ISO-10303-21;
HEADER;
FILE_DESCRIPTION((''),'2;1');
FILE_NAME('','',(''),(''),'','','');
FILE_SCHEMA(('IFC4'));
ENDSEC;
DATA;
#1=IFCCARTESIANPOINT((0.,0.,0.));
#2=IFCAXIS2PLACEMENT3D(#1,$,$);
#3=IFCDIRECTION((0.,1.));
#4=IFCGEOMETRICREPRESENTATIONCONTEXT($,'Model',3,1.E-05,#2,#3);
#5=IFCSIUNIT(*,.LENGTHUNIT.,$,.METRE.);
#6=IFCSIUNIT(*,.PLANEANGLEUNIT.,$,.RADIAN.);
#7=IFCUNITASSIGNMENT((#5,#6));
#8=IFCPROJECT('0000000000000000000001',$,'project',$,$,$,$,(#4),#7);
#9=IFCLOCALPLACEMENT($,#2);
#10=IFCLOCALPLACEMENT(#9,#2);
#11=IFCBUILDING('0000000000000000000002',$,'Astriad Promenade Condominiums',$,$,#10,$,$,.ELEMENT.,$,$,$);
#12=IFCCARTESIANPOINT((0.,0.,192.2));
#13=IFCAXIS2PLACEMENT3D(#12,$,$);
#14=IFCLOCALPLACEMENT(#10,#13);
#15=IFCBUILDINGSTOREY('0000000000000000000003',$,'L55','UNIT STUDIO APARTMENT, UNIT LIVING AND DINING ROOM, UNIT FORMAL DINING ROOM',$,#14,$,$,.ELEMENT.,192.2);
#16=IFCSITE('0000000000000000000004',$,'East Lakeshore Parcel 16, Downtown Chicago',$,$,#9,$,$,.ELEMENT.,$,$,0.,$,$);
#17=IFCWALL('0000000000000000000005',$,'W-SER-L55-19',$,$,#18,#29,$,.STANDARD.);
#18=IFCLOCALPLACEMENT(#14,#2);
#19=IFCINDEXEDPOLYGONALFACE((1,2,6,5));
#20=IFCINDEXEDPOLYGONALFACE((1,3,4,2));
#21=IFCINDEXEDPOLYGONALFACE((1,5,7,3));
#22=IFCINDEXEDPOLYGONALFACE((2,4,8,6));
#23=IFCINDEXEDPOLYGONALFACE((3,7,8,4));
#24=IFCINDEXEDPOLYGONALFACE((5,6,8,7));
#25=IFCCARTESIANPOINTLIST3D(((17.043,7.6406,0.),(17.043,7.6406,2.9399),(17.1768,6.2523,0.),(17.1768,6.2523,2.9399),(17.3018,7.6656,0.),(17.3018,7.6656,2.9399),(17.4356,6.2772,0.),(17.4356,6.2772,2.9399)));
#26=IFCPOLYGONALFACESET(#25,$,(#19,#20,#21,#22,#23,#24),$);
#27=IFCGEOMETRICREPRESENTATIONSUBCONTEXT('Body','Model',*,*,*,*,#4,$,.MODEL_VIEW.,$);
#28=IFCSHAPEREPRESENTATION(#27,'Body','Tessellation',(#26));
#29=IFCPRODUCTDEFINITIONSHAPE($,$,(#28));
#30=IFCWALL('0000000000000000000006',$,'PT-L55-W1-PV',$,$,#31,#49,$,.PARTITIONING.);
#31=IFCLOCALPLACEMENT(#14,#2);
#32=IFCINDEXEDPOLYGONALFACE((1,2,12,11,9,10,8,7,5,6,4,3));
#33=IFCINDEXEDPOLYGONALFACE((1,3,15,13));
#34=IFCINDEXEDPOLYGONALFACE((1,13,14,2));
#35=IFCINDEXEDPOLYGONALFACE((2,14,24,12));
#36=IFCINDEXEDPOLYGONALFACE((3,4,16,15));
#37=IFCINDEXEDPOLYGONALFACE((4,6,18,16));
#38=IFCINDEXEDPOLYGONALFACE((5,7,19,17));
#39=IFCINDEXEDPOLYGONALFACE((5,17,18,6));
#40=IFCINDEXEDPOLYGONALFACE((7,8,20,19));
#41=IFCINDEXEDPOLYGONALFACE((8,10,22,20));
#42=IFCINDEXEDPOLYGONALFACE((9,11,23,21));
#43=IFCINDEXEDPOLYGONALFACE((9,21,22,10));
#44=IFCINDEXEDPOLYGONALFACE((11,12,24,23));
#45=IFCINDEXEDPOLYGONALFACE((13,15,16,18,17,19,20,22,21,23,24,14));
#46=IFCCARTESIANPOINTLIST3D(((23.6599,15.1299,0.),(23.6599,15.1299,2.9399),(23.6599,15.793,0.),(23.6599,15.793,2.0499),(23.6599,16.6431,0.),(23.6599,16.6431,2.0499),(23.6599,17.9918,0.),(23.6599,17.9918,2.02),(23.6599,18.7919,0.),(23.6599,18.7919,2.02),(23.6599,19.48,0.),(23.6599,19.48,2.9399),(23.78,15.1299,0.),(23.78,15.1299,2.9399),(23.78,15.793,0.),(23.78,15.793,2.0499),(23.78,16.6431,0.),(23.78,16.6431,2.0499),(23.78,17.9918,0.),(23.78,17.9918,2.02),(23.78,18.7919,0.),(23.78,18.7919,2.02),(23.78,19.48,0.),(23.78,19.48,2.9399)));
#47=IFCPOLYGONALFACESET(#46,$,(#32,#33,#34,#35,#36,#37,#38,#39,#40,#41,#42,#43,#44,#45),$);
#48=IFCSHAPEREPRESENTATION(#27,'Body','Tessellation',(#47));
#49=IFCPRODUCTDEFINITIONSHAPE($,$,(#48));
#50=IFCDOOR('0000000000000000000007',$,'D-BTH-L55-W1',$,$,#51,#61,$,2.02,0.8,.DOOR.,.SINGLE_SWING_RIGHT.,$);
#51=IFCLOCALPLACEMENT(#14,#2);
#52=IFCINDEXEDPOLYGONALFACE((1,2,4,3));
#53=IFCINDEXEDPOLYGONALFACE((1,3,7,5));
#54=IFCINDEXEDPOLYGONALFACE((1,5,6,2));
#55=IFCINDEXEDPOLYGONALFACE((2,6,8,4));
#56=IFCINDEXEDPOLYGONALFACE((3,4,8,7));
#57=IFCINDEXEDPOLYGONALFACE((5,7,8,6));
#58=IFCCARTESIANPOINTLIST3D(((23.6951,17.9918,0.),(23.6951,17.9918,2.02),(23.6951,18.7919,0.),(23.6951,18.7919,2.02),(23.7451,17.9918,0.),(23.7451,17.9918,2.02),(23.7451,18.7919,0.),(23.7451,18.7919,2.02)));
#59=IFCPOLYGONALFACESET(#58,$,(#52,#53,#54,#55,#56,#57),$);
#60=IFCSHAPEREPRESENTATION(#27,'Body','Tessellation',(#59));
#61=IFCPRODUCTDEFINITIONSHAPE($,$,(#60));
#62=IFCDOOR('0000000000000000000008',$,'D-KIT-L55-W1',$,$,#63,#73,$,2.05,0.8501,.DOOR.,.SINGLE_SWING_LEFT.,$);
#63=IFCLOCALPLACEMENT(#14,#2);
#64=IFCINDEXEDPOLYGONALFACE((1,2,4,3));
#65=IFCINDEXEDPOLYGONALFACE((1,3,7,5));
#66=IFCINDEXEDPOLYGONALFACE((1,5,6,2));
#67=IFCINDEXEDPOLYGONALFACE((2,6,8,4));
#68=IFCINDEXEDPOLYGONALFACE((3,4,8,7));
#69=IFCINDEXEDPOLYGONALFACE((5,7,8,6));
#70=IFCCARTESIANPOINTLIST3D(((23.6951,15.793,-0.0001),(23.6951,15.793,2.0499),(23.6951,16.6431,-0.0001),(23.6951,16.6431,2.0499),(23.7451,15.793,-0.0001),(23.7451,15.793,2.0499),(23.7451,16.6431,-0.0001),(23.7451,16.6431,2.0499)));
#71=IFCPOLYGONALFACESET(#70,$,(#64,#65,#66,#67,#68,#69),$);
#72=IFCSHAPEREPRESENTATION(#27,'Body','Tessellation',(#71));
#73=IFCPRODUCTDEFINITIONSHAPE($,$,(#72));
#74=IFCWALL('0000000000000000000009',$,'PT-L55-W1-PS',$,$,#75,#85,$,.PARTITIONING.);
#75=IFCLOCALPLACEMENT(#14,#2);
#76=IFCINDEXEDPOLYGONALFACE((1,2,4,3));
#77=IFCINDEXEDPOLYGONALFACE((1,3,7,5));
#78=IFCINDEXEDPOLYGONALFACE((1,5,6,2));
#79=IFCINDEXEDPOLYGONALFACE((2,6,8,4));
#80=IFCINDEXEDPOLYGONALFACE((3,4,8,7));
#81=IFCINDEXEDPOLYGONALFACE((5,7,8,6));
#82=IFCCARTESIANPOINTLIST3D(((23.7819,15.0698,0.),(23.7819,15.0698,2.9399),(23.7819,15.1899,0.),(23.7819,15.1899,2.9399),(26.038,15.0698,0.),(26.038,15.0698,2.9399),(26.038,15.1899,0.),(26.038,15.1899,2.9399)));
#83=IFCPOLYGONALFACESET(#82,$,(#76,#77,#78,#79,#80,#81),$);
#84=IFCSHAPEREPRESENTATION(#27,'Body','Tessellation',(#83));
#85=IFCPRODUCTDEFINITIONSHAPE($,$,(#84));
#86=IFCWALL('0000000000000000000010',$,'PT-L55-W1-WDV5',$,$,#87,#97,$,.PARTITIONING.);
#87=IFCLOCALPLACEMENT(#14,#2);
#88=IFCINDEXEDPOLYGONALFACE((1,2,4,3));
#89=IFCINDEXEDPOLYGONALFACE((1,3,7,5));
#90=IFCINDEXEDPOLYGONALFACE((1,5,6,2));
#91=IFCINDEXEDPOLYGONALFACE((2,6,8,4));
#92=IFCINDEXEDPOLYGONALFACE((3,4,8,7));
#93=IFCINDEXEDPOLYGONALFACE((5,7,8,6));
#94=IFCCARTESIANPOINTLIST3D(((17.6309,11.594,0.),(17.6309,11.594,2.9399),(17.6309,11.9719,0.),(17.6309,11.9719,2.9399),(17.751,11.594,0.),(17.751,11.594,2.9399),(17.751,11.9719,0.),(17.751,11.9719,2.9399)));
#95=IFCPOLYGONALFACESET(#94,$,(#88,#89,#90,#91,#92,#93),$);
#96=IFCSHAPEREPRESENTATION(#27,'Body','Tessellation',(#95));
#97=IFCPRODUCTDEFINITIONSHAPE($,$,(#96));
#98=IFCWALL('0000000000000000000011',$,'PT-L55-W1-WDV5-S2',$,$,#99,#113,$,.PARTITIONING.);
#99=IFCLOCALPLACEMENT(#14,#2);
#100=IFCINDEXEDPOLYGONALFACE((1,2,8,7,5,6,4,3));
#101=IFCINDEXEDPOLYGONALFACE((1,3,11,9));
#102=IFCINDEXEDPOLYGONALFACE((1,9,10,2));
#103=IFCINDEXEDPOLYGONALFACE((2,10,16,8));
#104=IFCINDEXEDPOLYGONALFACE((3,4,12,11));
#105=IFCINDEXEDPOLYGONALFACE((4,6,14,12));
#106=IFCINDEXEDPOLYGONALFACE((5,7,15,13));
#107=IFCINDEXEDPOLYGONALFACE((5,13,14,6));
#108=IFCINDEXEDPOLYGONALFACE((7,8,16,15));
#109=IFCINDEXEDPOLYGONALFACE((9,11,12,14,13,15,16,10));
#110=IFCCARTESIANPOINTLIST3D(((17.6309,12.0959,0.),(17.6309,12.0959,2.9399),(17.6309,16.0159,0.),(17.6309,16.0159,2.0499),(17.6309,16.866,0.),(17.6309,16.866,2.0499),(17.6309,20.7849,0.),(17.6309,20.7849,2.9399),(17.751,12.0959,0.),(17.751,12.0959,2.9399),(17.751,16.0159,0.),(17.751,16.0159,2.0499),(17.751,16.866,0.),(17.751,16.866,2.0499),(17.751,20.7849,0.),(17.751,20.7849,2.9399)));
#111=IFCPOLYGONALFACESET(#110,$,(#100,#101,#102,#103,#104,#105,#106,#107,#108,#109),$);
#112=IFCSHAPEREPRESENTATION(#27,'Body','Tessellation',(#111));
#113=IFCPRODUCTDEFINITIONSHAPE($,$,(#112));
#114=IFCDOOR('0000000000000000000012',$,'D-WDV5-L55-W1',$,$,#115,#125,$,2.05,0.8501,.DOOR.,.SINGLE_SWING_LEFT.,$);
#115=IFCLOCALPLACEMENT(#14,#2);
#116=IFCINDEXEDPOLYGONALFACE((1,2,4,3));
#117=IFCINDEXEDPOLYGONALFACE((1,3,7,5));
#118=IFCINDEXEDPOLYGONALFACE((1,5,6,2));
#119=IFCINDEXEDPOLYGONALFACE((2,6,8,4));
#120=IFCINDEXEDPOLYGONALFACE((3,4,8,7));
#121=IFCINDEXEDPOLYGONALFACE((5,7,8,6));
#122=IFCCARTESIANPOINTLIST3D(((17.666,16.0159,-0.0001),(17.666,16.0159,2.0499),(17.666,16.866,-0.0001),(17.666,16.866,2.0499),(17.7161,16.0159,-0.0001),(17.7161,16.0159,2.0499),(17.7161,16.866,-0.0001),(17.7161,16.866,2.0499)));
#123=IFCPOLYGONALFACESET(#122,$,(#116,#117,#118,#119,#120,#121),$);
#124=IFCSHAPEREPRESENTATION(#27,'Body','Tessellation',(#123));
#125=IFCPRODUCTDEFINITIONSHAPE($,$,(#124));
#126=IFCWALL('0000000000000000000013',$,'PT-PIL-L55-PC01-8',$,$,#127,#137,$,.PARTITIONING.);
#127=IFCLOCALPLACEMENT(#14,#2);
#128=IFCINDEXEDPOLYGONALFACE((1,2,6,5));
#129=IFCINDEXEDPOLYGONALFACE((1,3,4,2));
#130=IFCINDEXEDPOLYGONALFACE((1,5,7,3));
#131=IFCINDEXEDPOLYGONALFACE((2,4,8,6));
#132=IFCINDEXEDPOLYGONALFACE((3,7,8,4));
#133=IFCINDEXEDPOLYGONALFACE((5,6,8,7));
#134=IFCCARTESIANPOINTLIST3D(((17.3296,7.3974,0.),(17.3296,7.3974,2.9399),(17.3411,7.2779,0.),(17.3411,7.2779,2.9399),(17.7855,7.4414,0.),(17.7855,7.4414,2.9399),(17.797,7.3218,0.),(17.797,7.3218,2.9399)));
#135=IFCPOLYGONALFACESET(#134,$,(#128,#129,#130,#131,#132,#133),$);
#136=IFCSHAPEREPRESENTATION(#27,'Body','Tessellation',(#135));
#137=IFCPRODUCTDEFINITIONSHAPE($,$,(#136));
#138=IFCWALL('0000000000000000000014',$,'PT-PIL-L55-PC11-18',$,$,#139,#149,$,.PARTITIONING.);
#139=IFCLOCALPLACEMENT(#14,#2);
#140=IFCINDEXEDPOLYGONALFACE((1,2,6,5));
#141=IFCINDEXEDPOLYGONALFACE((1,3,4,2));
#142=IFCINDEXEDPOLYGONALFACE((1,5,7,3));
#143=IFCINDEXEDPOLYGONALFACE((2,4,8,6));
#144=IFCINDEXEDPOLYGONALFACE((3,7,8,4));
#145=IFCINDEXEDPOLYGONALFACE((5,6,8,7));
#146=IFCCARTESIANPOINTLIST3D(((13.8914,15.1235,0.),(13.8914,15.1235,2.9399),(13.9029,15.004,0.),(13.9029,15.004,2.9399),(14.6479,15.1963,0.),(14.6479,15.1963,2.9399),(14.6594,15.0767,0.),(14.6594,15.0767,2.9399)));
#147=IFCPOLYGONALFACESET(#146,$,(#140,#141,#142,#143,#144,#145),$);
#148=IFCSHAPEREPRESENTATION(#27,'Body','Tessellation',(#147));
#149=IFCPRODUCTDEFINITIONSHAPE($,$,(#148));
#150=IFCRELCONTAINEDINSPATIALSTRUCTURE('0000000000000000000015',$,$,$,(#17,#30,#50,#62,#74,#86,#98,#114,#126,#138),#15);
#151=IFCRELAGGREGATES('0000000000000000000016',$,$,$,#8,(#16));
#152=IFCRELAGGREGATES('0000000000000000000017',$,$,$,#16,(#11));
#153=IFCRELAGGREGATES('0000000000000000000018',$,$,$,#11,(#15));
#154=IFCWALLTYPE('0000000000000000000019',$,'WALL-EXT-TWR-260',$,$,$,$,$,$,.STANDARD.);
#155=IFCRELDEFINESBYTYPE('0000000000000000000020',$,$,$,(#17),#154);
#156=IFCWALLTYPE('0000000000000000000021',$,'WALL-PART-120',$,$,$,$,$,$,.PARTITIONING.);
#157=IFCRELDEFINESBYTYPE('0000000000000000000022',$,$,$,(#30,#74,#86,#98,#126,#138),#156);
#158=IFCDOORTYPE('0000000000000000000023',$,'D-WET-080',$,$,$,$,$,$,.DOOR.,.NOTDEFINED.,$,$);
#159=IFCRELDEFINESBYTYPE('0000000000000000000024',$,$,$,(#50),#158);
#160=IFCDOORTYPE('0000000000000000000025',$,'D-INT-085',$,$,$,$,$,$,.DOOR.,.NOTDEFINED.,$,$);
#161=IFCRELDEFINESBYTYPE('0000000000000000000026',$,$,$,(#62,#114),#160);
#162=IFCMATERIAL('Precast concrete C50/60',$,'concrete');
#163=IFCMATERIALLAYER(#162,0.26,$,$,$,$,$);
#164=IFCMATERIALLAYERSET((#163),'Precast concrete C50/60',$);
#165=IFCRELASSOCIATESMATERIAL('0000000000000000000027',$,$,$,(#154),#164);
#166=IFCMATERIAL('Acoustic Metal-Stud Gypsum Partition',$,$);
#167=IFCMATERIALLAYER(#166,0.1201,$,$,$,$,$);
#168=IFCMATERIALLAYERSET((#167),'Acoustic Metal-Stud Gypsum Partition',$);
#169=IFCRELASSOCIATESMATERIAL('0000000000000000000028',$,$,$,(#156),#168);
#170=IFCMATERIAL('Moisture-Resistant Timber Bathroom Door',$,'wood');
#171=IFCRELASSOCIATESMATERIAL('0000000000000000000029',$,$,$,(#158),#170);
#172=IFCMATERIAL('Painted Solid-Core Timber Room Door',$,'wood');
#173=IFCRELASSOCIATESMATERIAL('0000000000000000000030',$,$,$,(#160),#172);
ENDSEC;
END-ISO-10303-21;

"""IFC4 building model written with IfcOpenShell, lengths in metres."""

from ifc_helpers import new_model, si_unit, direction, frame, frame_2d, origin, place, context, subcontext, project, spatial, rectangle, extrude, source, transform, mapped, material, layer, layer_set, type_object, type_shapes, element, fill, save


model = new_model("IFC4")

# Units and contexts
model_context = context("Model", 3, precision=1e-05, world=origin(), true_north=direction((0.0, 1.0)))
body_context = subcontext(model_context, "Body", "Model", "MODEL_VIEW")
ifc_project = project(units=[si_unit("LENGTHUNIT", "METRE"), si_unit("PLANEANGLEUNIT", "RADIAN")], contexts=[model_context])

# Site, building, storey
site_placement = place(None, origin())
site = spatial("IfcSite", under=ifc_project, at=site_placement, Name="East Lakeshore Parcel 16, Downtown Chicago", CompositionType="ELEMENT", RefElevation=0.0)
building_placement = place(site_placement, origin())
building = spatial("IfcBuilding", under=site, at=building_placement, Name="Astriad Promenade Condominiums", CompositionType="ELEMENT")
storey_placement = place(building_placement, frame((0.0, 0.0, 192.2)))
storey = spatial("IfcBuildingStorey", under=building, at=storey_placement, Name="L55", Description="UNIT STUDIO APARTMENT, UNIT LIVING AND DINING ROOM, UNIT FORMAL DINING ROOM", CompositionType="ELEMENT", Elevation=192.2)

# Wall
ifc_material_1 = material(Name="Precast concrete C50/60", Category="concrete")
ifc_layer_1 = layer(ifc_material_1, 0.26)
ifc_layer_set_1 = layer_set([ifc_layer_1], Name="Precast concrete C50/60")
wall_type_1 = type_object("IfcWallType", Name="WALL-EXT-TWR-260", PredefinedType="STANDARD", material=ifc_layer_set_1)
wall_1_placement = place(storey_placement, frame((17.3062, 6.2649, 0.0), z_axis=(0.0, 0.0, 1.0), x_axis=(-0.095916, 0.995389, 0.0)))
element("IfcWall", 1, at=wall_1_placement, inside=storey, type_object=wall_type_1, Name="W-SER-L55-19", PredefinedType="STANDARD", context=body_context, shape_type="SweptSolid", body=[
    extrude(rectangle(XDim=1.3948, YDim=0.26, at=frame_2d((0.6973, 0.0))), origin(), (0.0, 0.0, 1.0), 2.9399),
])

# Wall, openings, doors
ifc_material_2 = material(Name="Acoustic Metal-Stud Gypsum Partition")
ifc_layer_2 = layer(ifc_material_2, 0.1201)
ifc_layer_set_2 = layer_set([ifc_layer_2], Name="Acoustic Metal-Stud Gypsum Partition")
wall_type_2 = type_object("IfcWallType", Name="WALL-PART-120", PredefinedType="PARTITIONING", material=ifc_layer_set_2)
wall_2_placement = place(storey_placement, frame((23.72, 15.1299, 0.0), z_axis=(0.0, 0.0, 1.0), x_axis=(0.0, 1.0, 0.0)))
wall_2 = element("IfcWall", 2, at=wall_2_placement, inside=storey, type_object=wall_type_2, Name="PT-L55-W1-PV", PredefinedType="PARTITIONING", context=body_context, shape_type="SweptSolid", body=[
    extrude(rectangle(XDim=4.3501, YDim=0.1201, at=frame_2d((2.175, 0.0))), origin(), (0.0, 0.0, 1.0), 2.9399),
])
opening_1_placement = place(wall_2_placement, frame((0.6631, 0.0, 0.0)))
opening_1 = element("IfcOpeningElement", 3, at=opening_1_placement, cuts=wall_2, PredefinedType="OPENING", context=body_context, shape_type="SweptSolid", body=[
    extrude(rectangle(XDim=0.8501, YDim=2.05, at=frame_2d((0.425, 1.0249))), frame((0.0, 0.0701, 0.0), z_axis=(0.0, -1.0, 0.0), x_axis=(1.0, 0.0, 0.0)), (0.0, 0.0, 1.0), 0.1401),
])
opening_2_placement = place(wall_2_placement, frame((2.8621, 0.0, 0.0)))
opening_2 = element("IfcOpeningElement", 4, at=opening_2_placement, cuts=wall_2, PredefinedType="OPENING", context=body_context, shape_type="SweptSolid", body=[
    extrude(rectangle(XDim=0.8, YDim=2.02, at=frame_2d((0.3999, 1.01))), frame((0.0, 0.0701, 0.0), z_axis=(0.0, -1.0, 0.0), x_axis=(1.0, 0.0, 0.0)), (0.0, 0.0, 1.0), 0.1401),
])
ifc_material_3 = material(Name="Moisture-Resistant Timber Bathroom Door", Category="wood")
door_type_1 = type_object("IfcDoorType", Name="D-WET-080", OperationType="NOTDEFINED", PredefinedType="DOOR", material=ifc_material_3)
shared_shape_1 = source(origin(), body_context, "Body", "SweptSolid", [
    extrude(rectangle(XDim=0.8, YDim=2.02, at=frame_2d((0.3999, 1.01))), frame((0.0, 0.0249, 0.0), z_axis=(0.0, -1.0, 0.0), x_axis=(1.0, 0.0, 0.0)), (0.0, 0.0, 1.0), 0.05),
])
type_shapes(door_type_1, [shared_shape_1])
door_1_placement = place(opening_2_placement, origin())
door_1 = element("IfcDoor", 5, at=door_1_placement, inside=storey, type_object=door_type_1, Name="D-BTH-L55-W1", OperationType="SINGLE_SWING_RIGHT", OverallHeight=2.02, OverallWidth=0.8, PredefinedType="DOOR", context=body_context, shape_type="MappedRepresentation", body=[
    mapped(shared_shape_1, transform((0.0, 0.0, 0.0), scale=1.0)),
])
fill(opening_2, door_1)
ifc_material_4 = material(Name="Painted Solid-Core Timber Room Door", Category="wood")
door_type_2 = type_object("IfcDoorType", Name="D-INT-085", OperationType="NOTDEFINED", PredefinedType="DOOR", material=ifc_material_4)
shared_shape_2 = source(origin(), body_context, "Body", "SweptSolid", [
    extrude(rectangle(XDim=0.8501, YDim=2.05, at=frame_2d((0.425, 1.0249))), frame((0.0, 0.0249, 0.0), z_axis=(0.0, -1.0, 0.0), x_axis=(1.0, 0.0, 0.0)), (0.0, 0.0, 1.0), 0.05),
])
type_shapes(door_type_2, [shared_shape_2])
door_2_placement = place(opening_1_placement, origin())
door_2 = element("IfcDoor", 6, at=door_2_placement, inside=storey, type_object=door_type_2, Name="D-KIT-L55-W1", OperationType="SINGLE_SWING_LEFT", OverallHeight=2.05, OverallWidth=0.8501, PredefinedType="DOOR", context=body_context, shape_type="MappedRepresentation", body=[
    mapped(shared_shape_2, transform((0.0, 0.0, 0.0), scale=1.0)),
])
fill(opening_1, door_2)

# Walls
wall_3_placement = place(storey_placement, frame((23.782, 15.1299, 0.0), z_axis=(0.0, 0.0, 1.0), x_axis=(1.0, 0.0, 0.0)))
element("IfcWall", 7, at=wall_3_placement, inside=storey, type_object=wall_type_2, Name="PT-L55-W1-PS", PredefinedType="PARTITIONING", context=body_context, shape_type="SweptSolid", body=[
    extrude(rectangle(XDim=2.2561, YDim=0.1201, at=frame_2d((1.1279, 0.0))), origin(), (0.0, 0.0, 1.0), 2.9399),
])
wall_4_placement = place(storey_placement, frame((17.6909, 11.594, 0.0), z_axis=(0.0, 0.0, 1.0), x_axis=(0.0, 1.0, 0.0)))
element("IfcWall", 8, at=wall_4_placement, inside=storey, type_object=wall_type_2, Name="PT-L55-W1-WDV5", PredefinedType="PARTITIONING", context=body_context, shape_type="SweptSolid", body=[
    extrude(rectangle(XDim=0.3779, YDim=0.1201, at=frame_2d((0.189, 0.0))), origin(), (0.0, 0.0, 1.0), 2.9399),
])

# Wall, opening, door
wall_5_placement = place(storey_placement, frame((17.6909, 12.0959, 0.0), z_axis=(0.0, 0.0, 1.0), x_axis=(0.0, 1.0, 0.0)))
wall_5 = element("IfcWall", 9, at=wall_5_placement, inside=storey, type_object=wall_type_2, Name="PT-L55-W1-WDV5-S2", PredefinedType="PARTITIONING", context=body_context, shape_type="SweptSolid", body=[
    extrude(rectangle(XDim=8.689, YDim=0.1201, at=frame_2d((4.3445, 0.0))), origin(), (0.0, 0.0, 1.0), 2.9399),
])
opening_3_placement = place(wall_5_placement, frame((3.9199, 0.0, 0.0)))
opening_3 = element("IfcOpeningElement", 10, at=opening_3_placement, cuts=wall_5, PredefinedType="OPENING", context=body_context, shape_type="SweptSolid", body=[
    extrude(rectangle(XDim=0.8501, YDim=2.05, at=frame_2d((0.425, 1.0249))), frame((0.0, 0.0701, 0.0), z_axis=(0.0, -1.0, 0.0), x_axis=(1.0, 0.0, 0.0)), (0.0, 0.0, 1.0), 0.1401),
])
door_3_placement = place(opening_3_placement, origin())
door_3 = element("IfcDoor", 11, at=door_3_placement, inside=storey, type_object=door_type_2, Name="D-WDV5-L55-W1", OperationType="SINGLE_SWING_LEFT", OverallHeight=2.05, OverallWidth=0.8501, PredefinedType="DOOR", context=body_context, shape_type="MappedRepresentation", body=[
    mapped(shared_shape_2, transform((0.0, 0.0, 0.0), scale=1.0)),
])
fill(opening_3, door_3)

# Walls
wall_6_placement = place(storey_placement, frame((17.7913, 7.3816, 0.0), z_axis=(0.0, 0.0, 1.0), x_axis=(-0.995385, -0.095966, 0.0)))
element("IfcWall", 12, at=wall_6_placement, inside=storey, type_object=wall_type_2, Name="PT-PIL-L55-PC01-8", PredefinedType="PARTITIONING", context=body_context, shape_type="SweptSolid", body=[
    extrude(rectangle(XDim=0.458, YDim=0.1201, at=frame_2d((0.229, 0.0))), origin(), (0.0, 0.0, 1.0), 2.9399),
])
wall_7_placement = place(storey_placement, frame((14.6536, 15.1365, 0.0), z_axis=(0.0, 0.0, 1.0), x_axis=(-0.995408, -0.095719, 0.0)))
element("IfcWall", 13, at=wall_7_placement, inside=storey, type_object=wall_type_2, Name="PT-PIL-L55-PC11-18", PredefinedType="PARTITIONING", context=body_context, shape_type="SweptSolid", body=[
    extrude(rectangle(XDim=0.76, YDim=0.1201, at=frame_2d((0.3799, 0.0))), origin(), (0.0, 0.0, 1.0), 2.9399),
])

save(model, "model.ifc")
